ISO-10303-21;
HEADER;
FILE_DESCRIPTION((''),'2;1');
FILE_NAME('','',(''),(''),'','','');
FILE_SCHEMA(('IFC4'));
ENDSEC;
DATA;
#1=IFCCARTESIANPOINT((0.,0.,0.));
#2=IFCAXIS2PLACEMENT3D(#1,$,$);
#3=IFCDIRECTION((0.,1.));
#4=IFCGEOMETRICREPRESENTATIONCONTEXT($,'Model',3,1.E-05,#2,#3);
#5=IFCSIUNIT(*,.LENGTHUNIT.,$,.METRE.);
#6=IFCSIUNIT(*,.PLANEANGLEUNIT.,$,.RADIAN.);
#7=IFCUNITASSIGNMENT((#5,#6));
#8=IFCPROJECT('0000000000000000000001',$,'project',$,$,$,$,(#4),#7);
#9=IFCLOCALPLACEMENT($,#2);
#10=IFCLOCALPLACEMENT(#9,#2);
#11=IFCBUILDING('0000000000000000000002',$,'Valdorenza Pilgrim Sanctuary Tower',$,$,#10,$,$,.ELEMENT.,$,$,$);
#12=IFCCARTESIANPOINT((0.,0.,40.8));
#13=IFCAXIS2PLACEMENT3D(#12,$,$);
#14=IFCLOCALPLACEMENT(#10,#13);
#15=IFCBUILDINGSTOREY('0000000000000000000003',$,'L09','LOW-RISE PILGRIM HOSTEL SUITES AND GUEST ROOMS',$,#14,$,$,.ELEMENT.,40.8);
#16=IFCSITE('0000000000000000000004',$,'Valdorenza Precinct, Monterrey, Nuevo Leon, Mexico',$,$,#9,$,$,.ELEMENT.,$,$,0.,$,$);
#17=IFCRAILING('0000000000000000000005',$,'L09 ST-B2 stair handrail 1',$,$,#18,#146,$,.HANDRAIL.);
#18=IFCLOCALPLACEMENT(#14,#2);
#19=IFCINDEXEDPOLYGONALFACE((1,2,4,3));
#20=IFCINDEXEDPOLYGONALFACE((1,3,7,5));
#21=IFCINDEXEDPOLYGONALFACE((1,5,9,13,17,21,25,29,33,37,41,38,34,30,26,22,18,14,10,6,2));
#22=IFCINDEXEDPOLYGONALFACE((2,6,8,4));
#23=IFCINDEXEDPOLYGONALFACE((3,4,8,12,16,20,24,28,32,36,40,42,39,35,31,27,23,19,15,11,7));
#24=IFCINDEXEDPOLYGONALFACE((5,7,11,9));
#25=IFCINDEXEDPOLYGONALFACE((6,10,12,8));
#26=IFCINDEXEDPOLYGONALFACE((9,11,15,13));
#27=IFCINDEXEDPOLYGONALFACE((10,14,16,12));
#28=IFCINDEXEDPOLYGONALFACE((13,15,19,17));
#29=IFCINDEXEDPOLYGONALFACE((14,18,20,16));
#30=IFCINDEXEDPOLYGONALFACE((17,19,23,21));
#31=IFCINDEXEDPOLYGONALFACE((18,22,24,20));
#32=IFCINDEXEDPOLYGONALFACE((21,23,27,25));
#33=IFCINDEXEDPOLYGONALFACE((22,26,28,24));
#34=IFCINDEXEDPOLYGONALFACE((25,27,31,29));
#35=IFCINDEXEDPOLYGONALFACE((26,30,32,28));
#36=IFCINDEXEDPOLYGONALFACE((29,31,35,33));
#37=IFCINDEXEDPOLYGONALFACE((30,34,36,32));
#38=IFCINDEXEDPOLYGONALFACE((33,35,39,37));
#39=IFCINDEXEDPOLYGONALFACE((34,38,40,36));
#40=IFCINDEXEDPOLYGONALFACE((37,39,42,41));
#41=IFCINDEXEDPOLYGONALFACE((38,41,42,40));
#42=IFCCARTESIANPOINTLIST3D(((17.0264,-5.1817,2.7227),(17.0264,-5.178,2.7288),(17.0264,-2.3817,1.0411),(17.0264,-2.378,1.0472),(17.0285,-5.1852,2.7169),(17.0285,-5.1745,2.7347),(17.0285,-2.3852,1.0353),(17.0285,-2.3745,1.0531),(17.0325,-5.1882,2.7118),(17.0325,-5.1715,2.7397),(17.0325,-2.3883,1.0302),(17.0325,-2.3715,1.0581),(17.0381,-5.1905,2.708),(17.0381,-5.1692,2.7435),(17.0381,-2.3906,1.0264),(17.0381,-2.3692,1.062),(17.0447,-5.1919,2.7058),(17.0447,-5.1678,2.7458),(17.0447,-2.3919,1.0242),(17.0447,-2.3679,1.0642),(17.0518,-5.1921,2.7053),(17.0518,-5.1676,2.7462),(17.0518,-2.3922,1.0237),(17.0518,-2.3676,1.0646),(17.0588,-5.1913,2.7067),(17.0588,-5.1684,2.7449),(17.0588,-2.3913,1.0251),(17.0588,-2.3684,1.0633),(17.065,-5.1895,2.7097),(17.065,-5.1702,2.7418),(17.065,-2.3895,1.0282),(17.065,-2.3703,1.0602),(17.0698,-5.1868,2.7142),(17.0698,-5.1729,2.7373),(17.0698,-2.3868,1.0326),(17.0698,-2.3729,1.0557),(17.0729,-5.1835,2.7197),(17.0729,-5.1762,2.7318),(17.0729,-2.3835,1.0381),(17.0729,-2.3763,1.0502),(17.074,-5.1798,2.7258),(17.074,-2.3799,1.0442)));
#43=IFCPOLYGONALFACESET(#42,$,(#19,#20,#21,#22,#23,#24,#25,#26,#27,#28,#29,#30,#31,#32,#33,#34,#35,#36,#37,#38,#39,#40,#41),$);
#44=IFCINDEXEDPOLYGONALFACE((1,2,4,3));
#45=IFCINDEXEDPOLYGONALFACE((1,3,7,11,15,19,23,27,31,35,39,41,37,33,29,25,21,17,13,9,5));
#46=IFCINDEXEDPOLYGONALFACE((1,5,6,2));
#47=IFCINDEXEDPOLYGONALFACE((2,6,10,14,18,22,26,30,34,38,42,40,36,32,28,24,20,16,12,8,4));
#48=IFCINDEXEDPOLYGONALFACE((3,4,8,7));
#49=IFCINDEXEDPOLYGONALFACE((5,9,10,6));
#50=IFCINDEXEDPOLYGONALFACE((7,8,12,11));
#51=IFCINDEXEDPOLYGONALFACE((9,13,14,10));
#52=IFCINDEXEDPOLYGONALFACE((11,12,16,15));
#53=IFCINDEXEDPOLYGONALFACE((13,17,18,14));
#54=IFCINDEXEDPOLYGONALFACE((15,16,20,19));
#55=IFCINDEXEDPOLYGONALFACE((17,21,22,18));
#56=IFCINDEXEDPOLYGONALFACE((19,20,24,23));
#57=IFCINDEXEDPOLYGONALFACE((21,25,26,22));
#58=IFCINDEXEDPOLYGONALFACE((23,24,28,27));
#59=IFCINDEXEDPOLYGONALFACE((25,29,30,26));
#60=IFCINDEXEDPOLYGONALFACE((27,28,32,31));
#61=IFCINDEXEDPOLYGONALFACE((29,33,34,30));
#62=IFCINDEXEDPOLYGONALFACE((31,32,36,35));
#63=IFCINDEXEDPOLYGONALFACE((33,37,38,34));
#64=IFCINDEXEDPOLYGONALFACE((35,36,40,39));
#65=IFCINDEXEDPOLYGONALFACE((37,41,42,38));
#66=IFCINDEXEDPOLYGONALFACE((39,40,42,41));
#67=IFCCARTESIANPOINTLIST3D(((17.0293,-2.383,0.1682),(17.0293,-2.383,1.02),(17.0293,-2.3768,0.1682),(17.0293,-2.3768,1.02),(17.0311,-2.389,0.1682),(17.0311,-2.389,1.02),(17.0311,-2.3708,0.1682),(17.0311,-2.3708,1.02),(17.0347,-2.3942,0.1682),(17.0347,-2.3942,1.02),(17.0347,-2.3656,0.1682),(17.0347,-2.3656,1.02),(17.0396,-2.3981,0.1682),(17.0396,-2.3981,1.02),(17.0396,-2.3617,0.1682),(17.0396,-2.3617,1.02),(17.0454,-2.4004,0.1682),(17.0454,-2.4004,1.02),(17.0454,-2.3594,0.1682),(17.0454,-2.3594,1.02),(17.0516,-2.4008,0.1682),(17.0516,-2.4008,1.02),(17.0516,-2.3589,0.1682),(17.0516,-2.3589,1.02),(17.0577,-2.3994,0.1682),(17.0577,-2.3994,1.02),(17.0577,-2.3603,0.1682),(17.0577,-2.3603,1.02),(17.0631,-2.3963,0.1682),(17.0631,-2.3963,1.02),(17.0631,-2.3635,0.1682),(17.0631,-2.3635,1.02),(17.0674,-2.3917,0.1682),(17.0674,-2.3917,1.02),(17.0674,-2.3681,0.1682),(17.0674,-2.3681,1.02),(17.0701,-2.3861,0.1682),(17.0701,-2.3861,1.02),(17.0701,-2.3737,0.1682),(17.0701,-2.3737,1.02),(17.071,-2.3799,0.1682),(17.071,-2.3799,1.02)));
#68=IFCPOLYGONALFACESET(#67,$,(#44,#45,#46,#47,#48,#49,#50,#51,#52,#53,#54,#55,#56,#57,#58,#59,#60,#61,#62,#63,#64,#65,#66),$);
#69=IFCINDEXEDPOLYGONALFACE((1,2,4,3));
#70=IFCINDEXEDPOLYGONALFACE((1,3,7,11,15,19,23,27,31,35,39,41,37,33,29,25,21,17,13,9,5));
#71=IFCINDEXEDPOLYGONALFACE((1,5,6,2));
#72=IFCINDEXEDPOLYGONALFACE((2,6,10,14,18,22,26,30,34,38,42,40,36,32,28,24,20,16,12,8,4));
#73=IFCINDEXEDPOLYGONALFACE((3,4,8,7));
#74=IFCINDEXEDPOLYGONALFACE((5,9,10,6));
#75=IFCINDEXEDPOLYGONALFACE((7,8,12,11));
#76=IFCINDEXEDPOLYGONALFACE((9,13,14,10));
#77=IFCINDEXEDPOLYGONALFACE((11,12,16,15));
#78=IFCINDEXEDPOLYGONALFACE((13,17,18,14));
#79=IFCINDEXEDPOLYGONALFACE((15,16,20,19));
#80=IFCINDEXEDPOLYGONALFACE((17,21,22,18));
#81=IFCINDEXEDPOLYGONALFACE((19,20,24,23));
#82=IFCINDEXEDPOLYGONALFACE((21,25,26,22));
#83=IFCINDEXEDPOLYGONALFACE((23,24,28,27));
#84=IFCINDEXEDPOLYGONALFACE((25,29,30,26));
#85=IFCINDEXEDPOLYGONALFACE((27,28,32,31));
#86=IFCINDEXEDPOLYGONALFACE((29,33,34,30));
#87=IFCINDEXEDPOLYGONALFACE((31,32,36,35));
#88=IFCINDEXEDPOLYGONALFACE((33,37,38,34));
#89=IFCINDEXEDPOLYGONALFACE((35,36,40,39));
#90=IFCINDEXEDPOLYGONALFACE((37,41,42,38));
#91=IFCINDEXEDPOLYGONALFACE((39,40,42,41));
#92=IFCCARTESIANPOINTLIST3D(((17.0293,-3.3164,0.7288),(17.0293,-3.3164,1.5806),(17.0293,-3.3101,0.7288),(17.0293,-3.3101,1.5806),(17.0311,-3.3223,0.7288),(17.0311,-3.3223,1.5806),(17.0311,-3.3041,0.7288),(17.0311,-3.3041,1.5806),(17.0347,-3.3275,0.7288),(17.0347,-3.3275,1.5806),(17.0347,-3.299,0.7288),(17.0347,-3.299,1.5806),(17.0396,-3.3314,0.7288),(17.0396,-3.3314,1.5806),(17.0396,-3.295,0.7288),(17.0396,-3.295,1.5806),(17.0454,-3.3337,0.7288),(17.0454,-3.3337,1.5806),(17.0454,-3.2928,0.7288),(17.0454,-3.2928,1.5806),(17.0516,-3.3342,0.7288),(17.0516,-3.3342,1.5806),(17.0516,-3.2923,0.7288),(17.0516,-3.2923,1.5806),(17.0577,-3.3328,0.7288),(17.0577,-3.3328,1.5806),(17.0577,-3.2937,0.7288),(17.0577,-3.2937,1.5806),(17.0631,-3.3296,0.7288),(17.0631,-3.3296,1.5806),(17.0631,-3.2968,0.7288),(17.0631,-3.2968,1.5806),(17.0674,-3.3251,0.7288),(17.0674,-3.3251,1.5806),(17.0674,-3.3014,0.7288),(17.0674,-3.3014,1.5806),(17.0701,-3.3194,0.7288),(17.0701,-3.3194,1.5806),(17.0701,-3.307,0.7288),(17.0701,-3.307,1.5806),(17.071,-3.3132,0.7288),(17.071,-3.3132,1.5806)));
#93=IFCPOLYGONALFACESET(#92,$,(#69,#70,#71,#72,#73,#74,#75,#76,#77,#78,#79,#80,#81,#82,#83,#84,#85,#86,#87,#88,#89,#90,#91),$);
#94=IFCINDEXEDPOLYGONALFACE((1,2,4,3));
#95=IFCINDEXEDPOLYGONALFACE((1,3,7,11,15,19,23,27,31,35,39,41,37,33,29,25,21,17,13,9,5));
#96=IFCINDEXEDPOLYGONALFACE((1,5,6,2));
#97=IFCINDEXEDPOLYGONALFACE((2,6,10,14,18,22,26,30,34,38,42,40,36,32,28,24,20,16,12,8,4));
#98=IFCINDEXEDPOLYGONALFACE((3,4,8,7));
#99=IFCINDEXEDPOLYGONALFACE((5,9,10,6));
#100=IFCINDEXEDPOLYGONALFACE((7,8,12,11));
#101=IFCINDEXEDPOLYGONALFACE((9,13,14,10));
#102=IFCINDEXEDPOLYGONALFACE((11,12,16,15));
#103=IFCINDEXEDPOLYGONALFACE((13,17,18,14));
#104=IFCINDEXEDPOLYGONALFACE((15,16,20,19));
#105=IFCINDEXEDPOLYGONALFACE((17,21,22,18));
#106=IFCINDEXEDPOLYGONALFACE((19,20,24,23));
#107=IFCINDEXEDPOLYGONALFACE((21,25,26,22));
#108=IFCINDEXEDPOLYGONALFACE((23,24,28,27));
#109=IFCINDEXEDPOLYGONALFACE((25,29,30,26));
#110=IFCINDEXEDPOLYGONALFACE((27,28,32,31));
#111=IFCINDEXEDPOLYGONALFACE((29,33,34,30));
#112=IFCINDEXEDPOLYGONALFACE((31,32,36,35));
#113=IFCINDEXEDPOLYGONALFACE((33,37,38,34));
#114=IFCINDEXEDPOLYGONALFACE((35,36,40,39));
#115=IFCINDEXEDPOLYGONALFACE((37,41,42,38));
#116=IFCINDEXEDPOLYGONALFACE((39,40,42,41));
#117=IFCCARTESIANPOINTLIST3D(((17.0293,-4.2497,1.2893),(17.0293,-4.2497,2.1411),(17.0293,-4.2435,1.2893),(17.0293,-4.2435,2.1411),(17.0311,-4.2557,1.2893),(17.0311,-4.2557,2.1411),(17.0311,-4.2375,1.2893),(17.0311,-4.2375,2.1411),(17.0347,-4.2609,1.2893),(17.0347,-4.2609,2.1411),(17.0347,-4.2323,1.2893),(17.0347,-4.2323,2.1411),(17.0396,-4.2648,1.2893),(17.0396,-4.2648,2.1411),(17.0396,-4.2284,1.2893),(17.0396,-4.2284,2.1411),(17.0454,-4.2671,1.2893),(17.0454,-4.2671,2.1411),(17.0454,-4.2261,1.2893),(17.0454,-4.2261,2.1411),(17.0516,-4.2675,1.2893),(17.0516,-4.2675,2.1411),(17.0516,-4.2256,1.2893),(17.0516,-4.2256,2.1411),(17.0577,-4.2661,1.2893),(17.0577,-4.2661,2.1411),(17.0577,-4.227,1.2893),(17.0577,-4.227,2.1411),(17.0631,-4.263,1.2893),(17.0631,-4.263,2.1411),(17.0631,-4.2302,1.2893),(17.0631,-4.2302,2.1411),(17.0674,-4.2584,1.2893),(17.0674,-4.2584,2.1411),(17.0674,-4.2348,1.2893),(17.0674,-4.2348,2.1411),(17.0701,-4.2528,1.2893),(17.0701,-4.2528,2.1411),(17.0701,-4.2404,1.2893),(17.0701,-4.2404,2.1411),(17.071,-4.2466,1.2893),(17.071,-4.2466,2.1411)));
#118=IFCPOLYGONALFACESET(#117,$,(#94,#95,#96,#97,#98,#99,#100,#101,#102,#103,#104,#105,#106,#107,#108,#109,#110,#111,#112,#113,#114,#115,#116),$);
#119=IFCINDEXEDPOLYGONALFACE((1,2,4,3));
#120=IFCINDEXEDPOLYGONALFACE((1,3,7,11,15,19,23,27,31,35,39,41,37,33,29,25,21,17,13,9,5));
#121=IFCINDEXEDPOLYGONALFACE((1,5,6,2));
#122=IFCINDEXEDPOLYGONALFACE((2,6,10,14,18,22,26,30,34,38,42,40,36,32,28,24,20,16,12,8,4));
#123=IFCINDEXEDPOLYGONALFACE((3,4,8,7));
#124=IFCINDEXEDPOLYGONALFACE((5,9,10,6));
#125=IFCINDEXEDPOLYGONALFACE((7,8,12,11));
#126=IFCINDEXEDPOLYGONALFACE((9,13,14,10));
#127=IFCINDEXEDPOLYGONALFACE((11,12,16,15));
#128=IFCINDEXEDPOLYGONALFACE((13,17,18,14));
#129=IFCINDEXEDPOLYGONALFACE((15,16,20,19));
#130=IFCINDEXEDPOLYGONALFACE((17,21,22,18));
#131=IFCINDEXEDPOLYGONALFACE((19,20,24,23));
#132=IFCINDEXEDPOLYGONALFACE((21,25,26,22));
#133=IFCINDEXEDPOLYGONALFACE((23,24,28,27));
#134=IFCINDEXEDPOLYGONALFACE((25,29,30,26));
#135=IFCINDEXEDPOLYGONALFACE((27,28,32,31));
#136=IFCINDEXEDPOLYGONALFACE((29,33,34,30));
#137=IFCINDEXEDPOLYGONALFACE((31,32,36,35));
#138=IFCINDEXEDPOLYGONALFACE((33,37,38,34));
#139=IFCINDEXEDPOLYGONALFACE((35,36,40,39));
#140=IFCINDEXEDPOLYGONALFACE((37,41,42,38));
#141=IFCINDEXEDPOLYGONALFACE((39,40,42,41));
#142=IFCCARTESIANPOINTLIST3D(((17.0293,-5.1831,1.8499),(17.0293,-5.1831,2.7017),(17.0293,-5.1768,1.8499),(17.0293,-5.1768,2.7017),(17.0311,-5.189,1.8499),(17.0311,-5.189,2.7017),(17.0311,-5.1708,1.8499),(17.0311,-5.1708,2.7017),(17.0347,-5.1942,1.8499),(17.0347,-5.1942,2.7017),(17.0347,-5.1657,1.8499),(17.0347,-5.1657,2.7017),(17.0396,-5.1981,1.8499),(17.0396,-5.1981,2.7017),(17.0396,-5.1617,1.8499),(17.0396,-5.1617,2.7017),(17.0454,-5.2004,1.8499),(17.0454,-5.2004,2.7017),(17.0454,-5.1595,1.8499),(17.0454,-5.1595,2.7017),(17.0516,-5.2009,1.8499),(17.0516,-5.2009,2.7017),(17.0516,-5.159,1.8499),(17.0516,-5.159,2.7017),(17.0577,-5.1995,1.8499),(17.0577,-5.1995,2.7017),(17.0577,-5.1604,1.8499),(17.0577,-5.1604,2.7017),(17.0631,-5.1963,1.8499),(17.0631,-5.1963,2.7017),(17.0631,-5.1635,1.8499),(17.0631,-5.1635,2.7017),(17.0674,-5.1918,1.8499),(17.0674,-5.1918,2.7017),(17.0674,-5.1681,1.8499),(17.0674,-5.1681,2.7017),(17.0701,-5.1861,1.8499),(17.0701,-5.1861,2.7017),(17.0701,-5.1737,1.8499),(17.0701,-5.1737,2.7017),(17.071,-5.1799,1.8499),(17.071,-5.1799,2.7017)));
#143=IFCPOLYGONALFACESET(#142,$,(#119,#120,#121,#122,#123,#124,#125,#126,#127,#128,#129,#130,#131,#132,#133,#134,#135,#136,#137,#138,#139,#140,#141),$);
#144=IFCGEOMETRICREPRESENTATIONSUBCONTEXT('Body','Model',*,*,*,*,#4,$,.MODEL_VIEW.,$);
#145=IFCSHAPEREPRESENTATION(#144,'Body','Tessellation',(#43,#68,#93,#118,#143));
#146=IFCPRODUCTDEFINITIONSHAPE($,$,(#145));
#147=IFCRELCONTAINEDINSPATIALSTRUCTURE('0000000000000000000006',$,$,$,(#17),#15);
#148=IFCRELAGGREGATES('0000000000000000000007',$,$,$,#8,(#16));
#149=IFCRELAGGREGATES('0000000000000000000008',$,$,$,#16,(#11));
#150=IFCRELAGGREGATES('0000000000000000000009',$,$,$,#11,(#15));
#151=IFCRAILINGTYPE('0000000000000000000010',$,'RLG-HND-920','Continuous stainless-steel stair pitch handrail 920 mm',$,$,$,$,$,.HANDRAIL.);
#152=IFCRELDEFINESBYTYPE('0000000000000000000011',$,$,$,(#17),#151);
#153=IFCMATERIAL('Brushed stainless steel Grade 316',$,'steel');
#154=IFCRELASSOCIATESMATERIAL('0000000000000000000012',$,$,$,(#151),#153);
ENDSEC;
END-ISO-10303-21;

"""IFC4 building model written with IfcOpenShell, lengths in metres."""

from ifc_helpers import new_model, si_unit, direction, frame, origin, origin_2d, place, context, subcontext, project, spatial, circle, extrude, material, type_object, element, save


model = new_model("IFC4")

# Units and contexts
model_context = context("Model", 3, precision=1e-05, world=origin(), true_north=direction((0.0, 1.0)))
body_context = subcontext(model_context, "Body", "Model", "MODEL_VIEW")
ifc_project = project(units=[si_unit("LENGTHUNIT", "METRE"), si_unit("PLANEANGLEUNIT", "RADIAN")], contexts=[model_context])

# Site, building, storey
site_placement = place(None, origin())
site = spatial("IfcSite", under=ifc_project, at=site_placement, Name="Valdorenza Precinct, Monterrey, Nuevo Leon, Mexico", CompositionType="ELEMENT", RefElevation=0.0)
building_placement = place(site_placement, origin())
building = spatial("IfcBuilding", under=site, at=building_placement, Name="Valdorenza Pilgrim Sanctuary Tower", CompositionType="ELEMENT")
storey_placement = place(building_placement, frame((0.0, 0.0, 40.8)))
storey = spatial("IfcBuildingStorey", under=building, at=storey_placement, Name="L09", Description="LOW-RISE PILGRIM HOSTEL SUITES AND GUEST ROOMS", CompositionType="ELEMENT", Elevation=40.8)

# Shared definitions
ifc_material_1 = material(Name="Brushed stainless steel Grade 316", Category="steel")

# Railing
railing_type_1 = type_object("IfcRailingType", Name="RLG-HND-920", Description="Continuous stainless-steel stair pitch handrail 920 mm", PredefinedType="HANDRAIL", material=ifc_material_1)
railing_1_placement = place(storey_placement, frame((17.05, -2.3799, 0.1682)))
element("IfcRailing", 1, at=railing_1_placement, inside=storey, type_object=railing_type_1, Name="L09 ST-B2 stair handrail 1", PredefinedType="HANDRAIL", context=body_context, shape_type="SweptSolid", body=[
    extrude(circle(Radius=0.0239, at=origin_2d()), frame((0.0, 0.0, 0.876), z_axis=(0.0, -0.857275, 0.514858), x_axis=(1.0, 0.0, 0.0)), (0.0, 0.0, 1.0), 3.2661),
    extrude(circle(Radius=0.021, at=origin_2d()), origin(), (0.0, 0.0, 1.0), 0.8518),
    extrude(circle(Radius=0.021, at=origin_2d()), frame((0.0, -0.9333, 0.5605)), (0.0, 0.0, 1.0), 0.8518),
    extrude(circle(Radius=0.021, at=origin_2d()), frame((0.0, -1.8667, 1.1211)), (0.0, 0.0, 1.0), 0.8518),
    extrude(circle(Radius=0.021, at=origin_2d()), frame((0.0, -2.8, 1.6816)), (0.0, 0.0, 1.0), 0.8518),
])

save(model, "model.ifc")
